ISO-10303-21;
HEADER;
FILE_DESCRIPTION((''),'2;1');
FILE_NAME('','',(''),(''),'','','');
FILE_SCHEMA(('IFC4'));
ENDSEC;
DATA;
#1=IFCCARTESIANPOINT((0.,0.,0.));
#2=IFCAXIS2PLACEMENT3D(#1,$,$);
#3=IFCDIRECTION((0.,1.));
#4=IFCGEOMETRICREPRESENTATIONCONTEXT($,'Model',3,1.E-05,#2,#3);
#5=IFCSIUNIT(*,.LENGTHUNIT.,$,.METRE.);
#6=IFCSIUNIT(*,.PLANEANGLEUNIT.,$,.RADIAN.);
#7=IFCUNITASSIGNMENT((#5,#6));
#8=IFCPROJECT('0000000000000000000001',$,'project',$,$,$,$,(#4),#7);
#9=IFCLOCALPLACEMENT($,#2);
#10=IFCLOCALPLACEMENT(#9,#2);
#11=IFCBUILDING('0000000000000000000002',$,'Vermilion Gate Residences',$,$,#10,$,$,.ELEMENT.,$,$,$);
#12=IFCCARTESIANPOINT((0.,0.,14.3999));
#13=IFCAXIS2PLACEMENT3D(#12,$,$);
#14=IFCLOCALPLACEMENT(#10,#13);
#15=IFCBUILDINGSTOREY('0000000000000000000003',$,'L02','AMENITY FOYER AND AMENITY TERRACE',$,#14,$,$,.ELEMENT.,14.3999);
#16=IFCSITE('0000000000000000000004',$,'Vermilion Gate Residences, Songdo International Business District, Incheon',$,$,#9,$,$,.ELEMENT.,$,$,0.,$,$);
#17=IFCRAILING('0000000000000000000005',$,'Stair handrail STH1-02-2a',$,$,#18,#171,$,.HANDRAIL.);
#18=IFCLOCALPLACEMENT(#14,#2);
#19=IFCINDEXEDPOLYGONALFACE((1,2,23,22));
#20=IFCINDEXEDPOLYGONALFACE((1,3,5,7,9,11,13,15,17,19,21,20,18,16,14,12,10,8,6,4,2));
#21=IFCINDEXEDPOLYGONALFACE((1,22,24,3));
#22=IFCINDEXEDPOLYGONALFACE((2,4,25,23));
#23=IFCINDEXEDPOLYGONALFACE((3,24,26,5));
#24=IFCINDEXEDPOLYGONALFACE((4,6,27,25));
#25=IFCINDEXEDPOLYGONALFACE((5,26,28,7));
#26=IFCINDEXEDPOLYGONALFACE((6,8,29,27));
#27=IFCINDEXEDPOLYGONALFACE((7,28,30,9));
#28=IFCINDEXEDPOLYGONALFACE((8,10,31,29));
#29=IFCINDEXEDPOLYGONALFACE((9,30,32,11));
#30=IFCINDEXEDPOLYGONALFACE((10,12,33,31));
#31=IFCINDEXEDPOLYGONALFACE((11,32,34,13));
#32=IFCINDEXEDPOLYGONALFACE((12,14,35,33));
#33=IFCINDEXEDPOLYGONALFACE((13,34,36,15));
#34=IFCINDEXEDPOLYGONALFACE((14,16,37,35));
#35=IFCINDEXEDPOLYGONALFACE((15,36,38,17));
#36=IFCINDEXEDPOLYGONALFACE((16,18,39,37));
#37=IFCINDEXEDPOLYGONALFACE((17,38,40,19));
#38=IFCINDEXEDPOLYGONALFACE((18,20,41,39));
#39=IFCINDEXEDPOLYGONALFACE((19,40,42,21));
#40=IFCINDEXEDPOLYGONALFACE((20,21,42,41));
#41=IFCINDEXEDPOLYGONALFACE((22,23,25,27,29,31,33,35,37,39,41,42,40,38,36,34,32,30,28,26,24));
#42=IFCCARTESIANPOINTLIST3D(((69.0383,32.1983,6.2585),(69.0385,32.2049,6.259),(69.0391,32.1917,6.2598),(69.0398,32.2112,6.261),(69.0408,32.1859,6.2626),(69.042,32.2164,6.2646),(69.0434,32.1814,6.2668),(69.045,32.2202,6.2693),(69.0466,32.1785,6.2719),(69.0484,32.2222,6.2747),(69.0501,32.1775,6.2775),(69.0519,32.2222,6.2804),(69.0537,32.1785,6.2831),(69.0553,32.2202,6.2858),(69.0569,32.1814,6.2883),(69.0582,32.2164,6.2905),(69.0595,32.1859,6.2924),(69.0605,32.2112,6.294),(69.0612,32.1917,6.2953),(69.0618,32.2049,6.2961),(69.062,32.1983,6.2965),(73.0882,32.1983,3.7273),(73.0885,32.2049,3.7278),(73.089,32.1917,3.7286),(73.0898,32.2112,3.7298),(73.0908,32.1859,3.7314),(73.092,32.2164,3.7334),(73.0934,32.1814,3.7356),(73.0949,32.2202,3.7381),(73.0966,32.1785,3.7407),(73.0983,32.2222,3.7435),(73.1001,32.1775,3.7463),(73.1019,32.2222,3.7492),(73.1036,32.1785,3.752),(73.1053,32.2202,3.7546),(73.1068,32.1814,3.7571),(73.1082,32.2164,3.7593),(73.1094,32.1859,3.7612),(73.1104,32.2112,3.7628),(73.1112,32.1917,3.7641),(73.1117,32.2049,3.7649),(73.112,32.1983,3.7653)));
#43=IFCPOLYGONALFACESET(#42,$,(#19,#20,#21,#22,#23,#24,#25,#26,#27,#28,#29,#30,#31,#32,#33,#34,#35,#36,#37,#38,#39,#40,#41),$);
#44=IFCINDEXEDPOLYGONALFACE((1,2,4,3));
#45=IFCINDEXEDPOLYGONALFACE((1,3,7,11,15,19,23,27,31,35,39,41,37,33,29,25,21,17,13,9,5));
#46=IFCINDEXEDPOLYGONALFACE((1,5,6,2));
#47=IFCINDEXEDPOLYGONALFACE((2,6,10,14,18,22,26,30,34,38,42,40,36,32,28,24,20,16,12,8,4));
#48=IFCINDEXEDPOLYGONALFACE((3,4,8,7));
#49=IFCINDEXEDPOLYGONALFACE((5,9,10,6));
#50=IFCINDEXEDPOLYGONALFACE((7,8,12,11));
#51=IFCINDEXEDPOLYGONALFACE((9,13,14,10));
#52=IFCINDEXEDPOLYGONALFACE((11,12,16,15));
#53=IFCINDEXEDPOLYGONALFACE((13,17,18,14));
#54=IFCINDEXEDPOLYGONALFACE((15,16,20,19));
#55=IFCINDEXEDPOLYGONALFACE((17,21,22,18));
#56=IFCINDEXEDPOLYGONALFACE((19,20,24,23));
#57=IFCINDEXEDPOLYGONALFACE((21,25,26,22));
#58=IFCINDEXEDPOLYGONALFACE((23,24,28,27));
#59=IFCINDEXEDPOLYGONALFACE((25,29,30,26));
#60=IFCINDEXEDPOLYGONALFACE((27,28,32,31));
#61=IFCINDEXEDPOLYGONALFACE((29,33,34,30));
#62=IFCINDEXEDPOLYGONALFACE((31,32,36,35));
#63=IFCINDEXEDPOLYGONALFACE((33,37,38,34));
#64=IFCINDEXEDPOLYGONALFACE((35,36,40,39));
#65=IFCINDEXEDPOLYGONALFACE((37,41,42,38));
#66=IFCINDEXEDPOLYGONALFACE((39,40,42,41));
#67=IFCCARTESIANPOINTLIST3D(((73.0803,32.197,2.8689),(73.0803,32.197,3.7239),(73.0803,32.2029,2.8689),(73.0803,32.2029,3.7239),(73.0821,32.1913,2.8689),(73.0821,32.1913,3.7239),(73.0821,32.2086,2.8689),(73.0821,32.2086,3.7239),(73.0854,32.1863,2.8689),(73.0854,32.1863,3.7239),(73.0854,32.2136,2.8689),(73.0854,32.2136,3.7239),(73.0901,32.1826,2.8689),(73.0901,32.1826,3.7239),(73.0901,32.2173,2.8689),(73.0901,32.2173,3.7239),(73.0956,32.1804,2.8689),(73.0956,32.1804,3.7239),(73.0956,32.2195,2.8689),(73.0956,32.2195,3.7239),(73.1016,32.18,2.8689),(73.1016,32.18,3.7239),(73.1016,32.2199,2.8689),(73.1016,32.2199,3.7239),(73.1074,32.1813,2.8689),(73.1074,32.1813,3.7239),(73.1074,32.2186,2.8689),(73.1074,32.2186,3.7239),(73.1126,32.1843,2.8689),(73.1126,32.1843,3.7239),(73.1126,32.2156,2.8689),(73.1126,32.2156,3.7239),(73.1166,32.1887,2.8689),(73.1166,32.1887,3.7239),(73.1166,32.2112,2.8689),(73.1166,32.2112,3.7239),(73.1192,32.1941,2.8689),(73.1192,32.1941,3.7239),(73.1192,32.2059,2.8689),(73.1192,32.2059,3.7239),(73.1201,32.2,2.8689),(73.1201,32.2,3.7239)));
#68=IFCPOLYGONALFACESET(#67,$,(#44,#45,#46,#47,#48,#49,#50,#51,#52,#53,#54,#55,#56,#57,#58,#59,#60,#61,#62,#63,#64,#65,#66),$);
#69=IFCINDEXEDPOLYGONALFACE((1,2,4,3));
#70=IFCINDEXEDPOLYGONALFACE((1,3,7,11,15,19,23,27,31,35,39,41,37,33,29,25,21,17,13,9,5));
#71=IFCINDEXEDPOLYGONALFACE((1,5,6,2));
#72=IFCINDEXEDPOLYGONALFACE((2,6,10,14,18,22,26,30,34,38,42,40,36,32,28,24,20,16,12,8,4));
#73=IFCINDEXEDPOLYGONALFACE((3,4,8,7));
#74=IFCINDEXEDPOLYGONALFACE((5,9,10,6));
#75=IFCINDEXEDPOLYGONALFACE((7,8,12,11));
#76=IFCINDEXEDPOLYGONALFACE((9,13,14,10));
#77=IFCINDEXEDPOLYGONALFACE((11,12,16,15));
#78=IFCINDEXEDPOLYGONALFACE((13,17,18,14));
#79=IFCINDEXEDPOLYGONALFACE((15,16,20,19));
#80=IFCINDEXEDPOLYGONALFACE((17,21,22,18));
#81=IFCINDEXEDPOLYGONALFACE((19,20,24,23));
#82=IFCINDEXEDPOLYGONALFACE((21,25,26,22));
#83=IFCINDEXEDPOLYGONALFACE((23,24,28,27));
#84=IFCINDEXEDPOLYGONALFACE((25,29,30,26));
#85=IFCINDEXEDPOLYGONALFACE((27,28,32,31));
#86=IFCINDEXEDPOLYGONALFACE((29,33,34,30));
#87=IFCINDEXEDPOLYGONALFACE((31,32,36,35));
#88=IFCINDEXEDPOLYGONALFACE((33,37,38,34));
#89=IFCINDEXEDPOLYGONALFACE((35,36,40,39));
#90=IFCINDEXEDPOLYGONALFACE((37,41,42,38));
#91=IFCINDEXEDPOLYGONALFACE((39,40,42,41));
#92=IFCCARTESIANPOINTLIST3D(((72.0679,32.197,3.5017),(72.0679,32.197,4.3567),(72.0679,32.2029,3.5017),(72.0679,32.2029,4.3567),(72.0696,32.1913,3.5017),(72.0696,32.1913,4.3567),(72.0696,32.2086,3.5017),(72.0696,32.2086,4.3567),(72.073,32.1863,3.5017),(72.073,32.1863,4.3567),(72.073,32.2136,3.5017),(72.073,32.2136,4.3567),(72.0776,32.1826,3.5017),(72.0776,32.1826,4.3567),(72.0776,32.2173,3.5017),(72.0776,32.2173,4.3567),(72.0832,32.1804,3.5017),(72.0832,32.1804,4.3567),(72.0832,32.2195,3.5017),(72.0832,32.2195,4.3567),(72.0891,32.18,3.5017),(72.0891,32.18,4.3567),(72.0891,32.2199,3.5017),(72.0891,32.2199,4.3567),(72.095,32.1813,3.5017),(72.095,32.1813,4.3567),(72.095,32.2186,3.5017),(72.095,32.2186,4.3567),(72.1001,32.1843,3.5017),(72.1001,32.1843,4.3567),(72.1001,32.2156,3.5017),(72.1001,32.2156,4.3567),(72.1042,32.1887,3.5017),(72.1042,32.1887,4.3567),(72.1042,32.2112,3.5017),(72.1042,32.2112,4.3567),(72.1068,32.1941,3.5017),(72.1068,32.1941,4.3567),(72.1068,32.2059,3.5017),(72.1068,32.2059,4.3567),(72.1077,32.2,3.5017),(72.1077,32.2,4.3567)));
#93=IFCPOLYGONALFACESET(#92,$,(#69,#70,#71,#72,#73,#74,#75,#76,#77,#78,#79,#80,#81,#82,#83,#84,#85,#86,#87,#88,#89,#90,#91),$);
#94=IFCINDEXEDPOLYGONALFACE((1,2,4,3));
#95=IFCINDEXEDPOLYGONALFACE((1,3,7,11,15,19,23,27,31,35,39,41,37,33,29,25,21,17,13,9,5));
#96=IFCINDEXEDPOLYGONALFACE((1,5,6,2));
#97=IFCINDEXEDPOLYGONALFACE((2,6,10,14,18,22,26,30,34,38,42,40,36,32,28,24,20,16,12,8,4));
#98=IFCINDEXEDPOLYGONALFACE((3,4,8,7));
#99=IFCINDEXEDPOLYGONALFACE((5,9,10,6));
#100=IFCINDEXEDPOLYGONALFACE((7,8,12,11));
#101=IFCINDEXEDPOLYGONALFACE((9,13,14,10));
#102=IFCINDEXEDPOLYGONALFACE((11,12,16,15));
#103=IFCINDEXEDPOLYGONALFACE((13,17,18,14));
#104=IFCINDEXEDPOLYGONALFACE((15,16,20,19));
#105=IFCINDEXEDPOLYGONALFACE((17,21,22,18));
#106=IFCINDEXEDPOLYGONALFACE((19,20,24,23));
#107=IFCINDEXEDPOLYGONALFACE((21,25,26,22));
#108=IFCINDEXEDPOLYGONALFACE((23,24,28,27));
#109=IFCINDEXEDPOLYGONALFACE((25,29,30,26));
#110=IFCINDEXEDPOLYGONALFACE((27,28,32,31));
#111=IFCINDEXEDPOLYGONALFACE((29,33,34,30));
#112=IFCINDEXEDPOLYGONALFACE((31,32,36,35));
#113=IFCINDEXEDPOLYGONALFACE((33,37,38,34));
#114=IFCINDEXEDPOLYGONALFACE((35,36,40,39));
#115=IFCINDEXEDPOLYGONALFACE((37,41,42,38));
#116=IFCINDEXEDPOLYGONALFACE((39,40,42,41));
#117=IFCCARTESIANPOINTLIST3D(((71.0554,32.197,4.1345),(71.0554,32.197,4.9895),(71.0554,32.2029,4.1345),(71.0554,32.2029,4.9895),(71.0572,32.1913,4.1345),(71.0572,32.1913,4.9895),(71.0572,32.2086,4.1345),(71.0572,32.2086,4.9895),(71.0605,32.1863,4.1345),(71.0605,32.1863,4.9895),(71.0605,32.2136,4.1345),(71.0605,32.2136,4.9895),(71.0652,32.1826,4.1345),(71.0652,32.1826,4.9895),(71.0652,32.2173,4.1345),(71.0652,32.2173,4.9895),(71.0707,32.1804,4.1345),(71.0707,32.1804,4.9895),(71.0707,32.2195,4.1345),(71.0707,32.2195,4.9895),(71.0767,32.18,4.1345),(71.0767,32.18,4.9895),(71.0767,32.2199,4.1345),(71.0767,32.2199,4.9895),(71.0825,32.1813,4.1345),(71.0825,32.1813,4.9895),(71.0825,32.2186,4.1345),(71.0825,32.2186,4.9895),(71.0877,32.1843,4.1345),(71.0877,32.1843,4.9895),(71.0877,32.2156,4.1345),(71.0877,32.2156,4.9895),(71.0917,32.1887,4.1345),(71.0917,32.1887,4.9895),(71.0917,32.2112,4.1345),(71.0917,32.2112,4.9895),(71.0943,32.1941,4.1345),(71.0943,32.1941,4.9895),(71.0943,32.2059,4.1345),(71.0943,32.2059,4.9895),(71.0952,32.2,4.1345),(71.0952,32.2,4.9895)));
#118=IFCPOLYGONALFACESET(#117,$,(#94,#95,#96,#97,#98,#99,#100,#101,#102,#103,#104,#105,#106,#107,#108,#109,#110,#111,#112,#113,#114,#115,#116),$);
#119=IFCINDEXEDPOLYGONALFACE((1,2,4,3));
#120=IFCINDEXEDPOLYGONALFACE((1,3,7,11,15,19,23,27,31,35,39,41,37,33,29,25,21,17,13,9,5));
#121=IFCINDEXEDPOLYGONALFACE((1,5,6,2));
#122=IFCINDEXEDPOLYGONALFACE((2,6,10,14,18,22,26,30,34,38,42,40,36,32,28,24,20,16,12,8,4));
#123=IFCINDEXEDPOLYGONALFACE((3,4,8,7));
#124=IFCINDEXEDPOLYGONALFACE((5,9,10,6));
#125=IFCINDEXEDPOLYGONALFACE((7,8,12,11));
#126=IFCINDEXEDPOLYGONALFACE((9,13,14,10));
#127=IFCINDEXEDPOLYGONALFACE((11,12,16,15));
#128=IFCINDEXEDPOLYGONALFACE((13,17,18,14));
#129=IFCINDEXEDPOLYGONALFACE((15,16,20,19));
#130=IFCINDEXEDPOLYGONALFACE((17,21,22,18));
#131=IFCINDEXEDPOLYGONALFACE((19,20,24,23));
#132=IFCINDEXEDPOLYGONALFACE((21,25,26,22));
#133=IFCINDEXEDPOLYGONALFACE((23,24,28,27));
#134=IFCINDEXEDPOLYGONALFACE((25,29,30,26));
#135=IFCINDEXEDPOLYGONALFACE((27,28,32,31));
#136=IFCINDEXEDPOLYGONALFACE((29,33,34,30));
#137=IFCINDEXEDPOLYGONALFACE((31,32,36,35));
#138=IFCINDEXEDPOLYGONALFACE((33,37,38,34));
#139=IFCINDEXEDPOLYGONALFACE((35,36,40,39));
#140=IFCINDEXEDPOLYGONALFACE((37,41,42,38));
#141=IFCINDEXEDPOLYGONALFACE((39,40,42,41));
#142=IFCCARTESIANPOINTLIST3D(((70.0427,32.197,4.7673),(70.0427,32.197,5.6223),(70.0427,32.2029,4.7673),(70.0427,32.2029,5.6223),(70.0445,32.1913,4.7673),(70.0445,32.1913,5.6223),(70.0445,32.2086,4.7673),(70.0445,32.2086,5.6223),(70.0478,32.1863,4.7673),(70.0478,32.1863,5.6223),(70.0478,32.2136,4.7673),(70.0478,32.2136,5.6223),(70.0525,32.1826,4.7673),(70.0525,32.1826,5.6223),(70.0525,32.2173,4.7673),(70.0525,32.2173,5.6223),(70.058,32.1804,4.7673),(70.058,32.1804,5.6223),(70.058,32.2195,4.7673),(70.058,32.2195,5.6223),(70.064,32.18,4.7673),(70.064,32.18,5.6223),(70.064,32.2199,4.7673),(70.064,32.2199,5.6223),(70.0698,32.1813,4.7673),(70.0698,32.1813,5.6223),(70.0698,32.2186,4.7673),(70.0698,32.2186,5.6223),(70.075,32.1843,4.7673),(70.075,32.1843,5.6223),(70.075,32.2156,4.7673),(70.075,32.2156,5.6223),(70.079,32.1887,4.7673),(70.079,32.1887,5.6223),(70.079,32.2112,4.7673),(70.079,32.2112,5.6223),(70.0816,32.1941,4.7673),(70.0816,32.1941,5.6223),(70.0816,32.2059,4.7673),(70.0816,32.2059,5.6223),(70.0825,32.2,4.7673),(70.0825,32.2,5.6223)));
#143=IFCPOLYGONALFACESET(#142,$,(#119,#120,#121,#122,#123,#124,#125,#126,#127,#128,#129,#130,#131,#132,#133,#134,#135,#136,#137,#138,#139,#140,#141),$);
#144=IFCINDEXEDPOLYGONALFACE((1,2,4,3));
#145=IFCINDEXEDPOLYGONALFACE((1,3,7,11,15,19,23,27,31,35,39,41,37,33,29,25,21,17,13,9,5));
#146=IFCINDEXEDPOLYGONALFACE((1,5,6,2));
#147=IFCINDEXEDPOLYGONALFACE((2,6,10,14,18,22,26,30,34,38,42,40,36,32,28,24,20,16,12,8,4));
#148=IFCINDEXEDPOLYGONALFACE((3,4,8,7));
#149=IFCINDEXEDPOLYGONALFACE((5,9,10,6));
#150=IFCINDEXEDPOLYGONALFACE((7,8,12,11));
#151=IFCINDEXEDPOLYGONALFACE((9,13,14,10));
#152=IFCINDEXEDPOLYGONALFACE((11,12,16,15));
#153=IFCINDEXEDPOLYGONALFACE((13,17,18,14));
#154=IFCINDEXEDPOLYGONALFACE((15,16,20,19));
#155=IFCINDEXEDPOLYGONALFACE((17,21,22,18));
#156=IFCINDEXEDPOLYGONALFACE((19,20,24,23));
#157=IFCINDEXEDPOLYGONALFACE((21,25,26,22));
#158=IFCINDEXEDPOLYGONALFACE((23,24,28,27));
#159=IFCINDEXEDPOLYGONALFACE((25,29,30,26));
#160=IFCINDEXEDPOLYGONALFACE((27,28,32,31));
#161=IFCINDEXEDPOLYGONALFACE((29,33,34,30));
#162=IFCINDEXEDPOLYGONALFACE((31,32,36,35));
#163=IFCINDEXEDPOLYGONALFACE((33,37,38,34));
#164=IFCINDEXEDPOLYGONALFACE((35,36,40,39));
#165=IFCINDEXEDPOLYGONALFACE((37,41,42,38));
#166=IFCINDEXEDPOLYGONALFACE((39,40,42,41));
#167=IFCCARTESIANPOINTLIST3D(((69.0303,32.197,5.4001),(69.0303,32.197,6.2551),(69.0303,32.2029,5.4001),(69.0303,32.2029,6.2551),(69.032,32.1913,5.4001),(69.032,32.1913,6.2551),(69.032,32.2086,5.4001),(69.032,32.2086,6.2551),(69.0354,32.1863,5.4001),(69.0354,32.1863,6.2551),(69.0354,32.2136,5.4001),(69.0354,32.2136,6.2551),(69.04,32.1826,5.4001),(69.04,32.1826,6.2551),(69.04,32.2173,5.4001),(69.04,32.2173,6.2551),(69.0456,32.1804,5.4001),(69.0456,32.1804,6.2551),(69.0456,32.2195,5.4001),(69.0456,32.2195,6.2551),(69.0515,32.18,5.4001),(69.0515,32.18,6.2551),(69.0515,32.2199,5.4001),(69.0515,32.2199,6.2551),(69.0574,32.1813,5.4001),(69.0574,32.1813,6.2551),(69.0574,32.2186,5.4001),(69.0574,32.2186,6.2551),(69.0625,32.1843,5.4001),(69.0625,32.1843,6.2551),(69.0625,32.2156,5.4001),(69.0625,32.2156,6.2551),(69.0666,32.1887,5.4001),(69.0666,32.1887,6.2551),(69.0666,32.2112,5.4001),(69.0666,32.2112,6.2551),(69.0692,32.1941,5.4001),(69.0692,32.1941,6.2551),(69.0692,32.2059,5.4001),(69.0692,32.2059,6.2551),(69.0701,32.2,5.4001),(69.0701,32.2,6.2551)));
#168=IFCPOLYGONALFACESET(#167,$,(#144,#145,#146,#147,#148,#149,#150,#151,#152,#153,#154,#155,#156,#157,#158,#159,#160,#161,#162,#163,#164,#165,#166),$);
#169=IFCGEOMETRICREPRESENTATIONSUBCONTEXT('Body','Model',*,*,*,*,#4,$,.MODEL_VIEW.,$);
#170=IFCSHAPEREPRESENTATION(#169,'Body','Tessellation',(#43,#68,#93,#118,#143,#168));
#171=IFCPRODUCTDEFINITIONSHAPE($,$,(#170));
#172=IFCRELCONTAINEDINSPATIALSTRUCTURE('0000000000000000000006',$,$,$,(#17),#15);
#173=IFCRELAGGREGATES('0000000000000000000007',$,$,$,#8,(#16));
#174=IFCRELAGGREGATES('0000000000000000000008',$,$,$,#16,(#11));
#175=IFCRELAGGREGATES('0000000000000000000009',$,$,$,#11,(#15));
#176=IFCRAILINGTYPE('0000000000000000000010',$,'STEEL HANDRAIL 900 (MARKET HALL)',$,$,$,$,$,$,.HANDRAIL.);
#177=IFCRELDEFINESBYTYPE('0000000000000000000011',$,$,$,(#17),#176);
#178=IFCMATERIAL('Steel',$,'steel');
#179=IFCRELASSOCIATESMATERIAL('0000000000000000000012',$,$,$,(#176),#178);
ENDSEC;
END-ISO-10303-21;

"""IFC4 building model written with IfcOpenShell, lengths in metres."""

from ifc_helpers import new_model, si_unit, direction, frame, origin, origin_2d, place, context, subcontext, project, spatial, circle, extrude, material, type_object, element, save


model = new_model("IFC4")

# Units and contexts
model_context = context("Model", 3, precision=1e-05, world=origin(), true_north=direction((0.0, 1.0)))
body_context = subcontext(model_context, "Body", "Model", "MODEL_VIEW")
ifc_project = project(units=[si_unit("LENGTHUNIT", "METRE"), si_unit("PLANEANGLEUNIT", "RADIAN")], contexts=[model_context])

# Site, building, storey
site_placement = place(None, origin())
site = spatial("IfcSite", under=ifc_project, at=site_placement, Name="Vermilion Gate Residences, Songdo International Business District, Incheon", CompositionType="ELEMENT", RefElevation=0.0)
building_placement = place(site_placement, origin())
building = spatial("IfcBuilding", under=site, at=building_placement, Name="Vermilion Gate Residences", CompositionType="ELEMENT")
storey_placement = place(building_placement, frame((0.0, 0.0, 14.3999)))
storey = spatial("IfcBuildingStorey", under=building, at=storey_placement, Name="L02", Description="AMENITY FOYER AND AMENITY TERRACE", CompositionType="ELEMENT", Elevation=14.3999)

# Railing
ifc_material_1 = material(Name="Steel", Category="steel")
railing_type_1 = type_object("IfcRailingType", Name="STEEL HANDRAIL 900 (MARKET HALL)", PredefinedType="HANDRAIL", material=ifc_material_1)
for number, where, name in (
    (1, (73.1001, 32.2, 2.8689), "Stair handrail STH1-02-2a"),
):
    element("IfcRailing", number, at=place(storey_placement, frame(where)), inside=storey, type_object=railing_type_1, Name=name, PredefinedType="HANDRAIL", context=body_context, shape_type="SweptSolid", body=[
        extrude(circle(Radius=0.0225, at=origin_2d()), frame((0.0, 0.0, 0.8774), z_axis=(-0.848001, 0.0, 0.529994), x_axis=(0.0, -1.0, 0.0)), (0.0, 0.0, 1.0), 4.7759),
        extrude(circle(Radius=0.02, at=origin_2d()), origin(), (0.0, 0.0, 1.0), 0.855),
        extrude(circle(Radius=0.02, at=origin_2d()), frame((-1.0125, 0.0, 0.6328)), (0.0, 0.0, 1.0), 0.855),
        extrude(circle(Radius=0.02, at=origin_2d()), frame((-2.0249, 0.0, 1.2656)), (0.0, 0.0, 1.0), 0.855),
        extrude(circle(Radius=0.02, at=origin_2d()), frame((-3.0376, 0.0, 1.8984)), (0.0, 0.0, 1.0), 0.855),
        extrude(circle(Radius=0.02, at=origin_2d()), frame((-4.05, 0.0, 2.5312)), (0.0, 0.0, 1.0), 0.855),
    ])

save(model, "model.ifc")
